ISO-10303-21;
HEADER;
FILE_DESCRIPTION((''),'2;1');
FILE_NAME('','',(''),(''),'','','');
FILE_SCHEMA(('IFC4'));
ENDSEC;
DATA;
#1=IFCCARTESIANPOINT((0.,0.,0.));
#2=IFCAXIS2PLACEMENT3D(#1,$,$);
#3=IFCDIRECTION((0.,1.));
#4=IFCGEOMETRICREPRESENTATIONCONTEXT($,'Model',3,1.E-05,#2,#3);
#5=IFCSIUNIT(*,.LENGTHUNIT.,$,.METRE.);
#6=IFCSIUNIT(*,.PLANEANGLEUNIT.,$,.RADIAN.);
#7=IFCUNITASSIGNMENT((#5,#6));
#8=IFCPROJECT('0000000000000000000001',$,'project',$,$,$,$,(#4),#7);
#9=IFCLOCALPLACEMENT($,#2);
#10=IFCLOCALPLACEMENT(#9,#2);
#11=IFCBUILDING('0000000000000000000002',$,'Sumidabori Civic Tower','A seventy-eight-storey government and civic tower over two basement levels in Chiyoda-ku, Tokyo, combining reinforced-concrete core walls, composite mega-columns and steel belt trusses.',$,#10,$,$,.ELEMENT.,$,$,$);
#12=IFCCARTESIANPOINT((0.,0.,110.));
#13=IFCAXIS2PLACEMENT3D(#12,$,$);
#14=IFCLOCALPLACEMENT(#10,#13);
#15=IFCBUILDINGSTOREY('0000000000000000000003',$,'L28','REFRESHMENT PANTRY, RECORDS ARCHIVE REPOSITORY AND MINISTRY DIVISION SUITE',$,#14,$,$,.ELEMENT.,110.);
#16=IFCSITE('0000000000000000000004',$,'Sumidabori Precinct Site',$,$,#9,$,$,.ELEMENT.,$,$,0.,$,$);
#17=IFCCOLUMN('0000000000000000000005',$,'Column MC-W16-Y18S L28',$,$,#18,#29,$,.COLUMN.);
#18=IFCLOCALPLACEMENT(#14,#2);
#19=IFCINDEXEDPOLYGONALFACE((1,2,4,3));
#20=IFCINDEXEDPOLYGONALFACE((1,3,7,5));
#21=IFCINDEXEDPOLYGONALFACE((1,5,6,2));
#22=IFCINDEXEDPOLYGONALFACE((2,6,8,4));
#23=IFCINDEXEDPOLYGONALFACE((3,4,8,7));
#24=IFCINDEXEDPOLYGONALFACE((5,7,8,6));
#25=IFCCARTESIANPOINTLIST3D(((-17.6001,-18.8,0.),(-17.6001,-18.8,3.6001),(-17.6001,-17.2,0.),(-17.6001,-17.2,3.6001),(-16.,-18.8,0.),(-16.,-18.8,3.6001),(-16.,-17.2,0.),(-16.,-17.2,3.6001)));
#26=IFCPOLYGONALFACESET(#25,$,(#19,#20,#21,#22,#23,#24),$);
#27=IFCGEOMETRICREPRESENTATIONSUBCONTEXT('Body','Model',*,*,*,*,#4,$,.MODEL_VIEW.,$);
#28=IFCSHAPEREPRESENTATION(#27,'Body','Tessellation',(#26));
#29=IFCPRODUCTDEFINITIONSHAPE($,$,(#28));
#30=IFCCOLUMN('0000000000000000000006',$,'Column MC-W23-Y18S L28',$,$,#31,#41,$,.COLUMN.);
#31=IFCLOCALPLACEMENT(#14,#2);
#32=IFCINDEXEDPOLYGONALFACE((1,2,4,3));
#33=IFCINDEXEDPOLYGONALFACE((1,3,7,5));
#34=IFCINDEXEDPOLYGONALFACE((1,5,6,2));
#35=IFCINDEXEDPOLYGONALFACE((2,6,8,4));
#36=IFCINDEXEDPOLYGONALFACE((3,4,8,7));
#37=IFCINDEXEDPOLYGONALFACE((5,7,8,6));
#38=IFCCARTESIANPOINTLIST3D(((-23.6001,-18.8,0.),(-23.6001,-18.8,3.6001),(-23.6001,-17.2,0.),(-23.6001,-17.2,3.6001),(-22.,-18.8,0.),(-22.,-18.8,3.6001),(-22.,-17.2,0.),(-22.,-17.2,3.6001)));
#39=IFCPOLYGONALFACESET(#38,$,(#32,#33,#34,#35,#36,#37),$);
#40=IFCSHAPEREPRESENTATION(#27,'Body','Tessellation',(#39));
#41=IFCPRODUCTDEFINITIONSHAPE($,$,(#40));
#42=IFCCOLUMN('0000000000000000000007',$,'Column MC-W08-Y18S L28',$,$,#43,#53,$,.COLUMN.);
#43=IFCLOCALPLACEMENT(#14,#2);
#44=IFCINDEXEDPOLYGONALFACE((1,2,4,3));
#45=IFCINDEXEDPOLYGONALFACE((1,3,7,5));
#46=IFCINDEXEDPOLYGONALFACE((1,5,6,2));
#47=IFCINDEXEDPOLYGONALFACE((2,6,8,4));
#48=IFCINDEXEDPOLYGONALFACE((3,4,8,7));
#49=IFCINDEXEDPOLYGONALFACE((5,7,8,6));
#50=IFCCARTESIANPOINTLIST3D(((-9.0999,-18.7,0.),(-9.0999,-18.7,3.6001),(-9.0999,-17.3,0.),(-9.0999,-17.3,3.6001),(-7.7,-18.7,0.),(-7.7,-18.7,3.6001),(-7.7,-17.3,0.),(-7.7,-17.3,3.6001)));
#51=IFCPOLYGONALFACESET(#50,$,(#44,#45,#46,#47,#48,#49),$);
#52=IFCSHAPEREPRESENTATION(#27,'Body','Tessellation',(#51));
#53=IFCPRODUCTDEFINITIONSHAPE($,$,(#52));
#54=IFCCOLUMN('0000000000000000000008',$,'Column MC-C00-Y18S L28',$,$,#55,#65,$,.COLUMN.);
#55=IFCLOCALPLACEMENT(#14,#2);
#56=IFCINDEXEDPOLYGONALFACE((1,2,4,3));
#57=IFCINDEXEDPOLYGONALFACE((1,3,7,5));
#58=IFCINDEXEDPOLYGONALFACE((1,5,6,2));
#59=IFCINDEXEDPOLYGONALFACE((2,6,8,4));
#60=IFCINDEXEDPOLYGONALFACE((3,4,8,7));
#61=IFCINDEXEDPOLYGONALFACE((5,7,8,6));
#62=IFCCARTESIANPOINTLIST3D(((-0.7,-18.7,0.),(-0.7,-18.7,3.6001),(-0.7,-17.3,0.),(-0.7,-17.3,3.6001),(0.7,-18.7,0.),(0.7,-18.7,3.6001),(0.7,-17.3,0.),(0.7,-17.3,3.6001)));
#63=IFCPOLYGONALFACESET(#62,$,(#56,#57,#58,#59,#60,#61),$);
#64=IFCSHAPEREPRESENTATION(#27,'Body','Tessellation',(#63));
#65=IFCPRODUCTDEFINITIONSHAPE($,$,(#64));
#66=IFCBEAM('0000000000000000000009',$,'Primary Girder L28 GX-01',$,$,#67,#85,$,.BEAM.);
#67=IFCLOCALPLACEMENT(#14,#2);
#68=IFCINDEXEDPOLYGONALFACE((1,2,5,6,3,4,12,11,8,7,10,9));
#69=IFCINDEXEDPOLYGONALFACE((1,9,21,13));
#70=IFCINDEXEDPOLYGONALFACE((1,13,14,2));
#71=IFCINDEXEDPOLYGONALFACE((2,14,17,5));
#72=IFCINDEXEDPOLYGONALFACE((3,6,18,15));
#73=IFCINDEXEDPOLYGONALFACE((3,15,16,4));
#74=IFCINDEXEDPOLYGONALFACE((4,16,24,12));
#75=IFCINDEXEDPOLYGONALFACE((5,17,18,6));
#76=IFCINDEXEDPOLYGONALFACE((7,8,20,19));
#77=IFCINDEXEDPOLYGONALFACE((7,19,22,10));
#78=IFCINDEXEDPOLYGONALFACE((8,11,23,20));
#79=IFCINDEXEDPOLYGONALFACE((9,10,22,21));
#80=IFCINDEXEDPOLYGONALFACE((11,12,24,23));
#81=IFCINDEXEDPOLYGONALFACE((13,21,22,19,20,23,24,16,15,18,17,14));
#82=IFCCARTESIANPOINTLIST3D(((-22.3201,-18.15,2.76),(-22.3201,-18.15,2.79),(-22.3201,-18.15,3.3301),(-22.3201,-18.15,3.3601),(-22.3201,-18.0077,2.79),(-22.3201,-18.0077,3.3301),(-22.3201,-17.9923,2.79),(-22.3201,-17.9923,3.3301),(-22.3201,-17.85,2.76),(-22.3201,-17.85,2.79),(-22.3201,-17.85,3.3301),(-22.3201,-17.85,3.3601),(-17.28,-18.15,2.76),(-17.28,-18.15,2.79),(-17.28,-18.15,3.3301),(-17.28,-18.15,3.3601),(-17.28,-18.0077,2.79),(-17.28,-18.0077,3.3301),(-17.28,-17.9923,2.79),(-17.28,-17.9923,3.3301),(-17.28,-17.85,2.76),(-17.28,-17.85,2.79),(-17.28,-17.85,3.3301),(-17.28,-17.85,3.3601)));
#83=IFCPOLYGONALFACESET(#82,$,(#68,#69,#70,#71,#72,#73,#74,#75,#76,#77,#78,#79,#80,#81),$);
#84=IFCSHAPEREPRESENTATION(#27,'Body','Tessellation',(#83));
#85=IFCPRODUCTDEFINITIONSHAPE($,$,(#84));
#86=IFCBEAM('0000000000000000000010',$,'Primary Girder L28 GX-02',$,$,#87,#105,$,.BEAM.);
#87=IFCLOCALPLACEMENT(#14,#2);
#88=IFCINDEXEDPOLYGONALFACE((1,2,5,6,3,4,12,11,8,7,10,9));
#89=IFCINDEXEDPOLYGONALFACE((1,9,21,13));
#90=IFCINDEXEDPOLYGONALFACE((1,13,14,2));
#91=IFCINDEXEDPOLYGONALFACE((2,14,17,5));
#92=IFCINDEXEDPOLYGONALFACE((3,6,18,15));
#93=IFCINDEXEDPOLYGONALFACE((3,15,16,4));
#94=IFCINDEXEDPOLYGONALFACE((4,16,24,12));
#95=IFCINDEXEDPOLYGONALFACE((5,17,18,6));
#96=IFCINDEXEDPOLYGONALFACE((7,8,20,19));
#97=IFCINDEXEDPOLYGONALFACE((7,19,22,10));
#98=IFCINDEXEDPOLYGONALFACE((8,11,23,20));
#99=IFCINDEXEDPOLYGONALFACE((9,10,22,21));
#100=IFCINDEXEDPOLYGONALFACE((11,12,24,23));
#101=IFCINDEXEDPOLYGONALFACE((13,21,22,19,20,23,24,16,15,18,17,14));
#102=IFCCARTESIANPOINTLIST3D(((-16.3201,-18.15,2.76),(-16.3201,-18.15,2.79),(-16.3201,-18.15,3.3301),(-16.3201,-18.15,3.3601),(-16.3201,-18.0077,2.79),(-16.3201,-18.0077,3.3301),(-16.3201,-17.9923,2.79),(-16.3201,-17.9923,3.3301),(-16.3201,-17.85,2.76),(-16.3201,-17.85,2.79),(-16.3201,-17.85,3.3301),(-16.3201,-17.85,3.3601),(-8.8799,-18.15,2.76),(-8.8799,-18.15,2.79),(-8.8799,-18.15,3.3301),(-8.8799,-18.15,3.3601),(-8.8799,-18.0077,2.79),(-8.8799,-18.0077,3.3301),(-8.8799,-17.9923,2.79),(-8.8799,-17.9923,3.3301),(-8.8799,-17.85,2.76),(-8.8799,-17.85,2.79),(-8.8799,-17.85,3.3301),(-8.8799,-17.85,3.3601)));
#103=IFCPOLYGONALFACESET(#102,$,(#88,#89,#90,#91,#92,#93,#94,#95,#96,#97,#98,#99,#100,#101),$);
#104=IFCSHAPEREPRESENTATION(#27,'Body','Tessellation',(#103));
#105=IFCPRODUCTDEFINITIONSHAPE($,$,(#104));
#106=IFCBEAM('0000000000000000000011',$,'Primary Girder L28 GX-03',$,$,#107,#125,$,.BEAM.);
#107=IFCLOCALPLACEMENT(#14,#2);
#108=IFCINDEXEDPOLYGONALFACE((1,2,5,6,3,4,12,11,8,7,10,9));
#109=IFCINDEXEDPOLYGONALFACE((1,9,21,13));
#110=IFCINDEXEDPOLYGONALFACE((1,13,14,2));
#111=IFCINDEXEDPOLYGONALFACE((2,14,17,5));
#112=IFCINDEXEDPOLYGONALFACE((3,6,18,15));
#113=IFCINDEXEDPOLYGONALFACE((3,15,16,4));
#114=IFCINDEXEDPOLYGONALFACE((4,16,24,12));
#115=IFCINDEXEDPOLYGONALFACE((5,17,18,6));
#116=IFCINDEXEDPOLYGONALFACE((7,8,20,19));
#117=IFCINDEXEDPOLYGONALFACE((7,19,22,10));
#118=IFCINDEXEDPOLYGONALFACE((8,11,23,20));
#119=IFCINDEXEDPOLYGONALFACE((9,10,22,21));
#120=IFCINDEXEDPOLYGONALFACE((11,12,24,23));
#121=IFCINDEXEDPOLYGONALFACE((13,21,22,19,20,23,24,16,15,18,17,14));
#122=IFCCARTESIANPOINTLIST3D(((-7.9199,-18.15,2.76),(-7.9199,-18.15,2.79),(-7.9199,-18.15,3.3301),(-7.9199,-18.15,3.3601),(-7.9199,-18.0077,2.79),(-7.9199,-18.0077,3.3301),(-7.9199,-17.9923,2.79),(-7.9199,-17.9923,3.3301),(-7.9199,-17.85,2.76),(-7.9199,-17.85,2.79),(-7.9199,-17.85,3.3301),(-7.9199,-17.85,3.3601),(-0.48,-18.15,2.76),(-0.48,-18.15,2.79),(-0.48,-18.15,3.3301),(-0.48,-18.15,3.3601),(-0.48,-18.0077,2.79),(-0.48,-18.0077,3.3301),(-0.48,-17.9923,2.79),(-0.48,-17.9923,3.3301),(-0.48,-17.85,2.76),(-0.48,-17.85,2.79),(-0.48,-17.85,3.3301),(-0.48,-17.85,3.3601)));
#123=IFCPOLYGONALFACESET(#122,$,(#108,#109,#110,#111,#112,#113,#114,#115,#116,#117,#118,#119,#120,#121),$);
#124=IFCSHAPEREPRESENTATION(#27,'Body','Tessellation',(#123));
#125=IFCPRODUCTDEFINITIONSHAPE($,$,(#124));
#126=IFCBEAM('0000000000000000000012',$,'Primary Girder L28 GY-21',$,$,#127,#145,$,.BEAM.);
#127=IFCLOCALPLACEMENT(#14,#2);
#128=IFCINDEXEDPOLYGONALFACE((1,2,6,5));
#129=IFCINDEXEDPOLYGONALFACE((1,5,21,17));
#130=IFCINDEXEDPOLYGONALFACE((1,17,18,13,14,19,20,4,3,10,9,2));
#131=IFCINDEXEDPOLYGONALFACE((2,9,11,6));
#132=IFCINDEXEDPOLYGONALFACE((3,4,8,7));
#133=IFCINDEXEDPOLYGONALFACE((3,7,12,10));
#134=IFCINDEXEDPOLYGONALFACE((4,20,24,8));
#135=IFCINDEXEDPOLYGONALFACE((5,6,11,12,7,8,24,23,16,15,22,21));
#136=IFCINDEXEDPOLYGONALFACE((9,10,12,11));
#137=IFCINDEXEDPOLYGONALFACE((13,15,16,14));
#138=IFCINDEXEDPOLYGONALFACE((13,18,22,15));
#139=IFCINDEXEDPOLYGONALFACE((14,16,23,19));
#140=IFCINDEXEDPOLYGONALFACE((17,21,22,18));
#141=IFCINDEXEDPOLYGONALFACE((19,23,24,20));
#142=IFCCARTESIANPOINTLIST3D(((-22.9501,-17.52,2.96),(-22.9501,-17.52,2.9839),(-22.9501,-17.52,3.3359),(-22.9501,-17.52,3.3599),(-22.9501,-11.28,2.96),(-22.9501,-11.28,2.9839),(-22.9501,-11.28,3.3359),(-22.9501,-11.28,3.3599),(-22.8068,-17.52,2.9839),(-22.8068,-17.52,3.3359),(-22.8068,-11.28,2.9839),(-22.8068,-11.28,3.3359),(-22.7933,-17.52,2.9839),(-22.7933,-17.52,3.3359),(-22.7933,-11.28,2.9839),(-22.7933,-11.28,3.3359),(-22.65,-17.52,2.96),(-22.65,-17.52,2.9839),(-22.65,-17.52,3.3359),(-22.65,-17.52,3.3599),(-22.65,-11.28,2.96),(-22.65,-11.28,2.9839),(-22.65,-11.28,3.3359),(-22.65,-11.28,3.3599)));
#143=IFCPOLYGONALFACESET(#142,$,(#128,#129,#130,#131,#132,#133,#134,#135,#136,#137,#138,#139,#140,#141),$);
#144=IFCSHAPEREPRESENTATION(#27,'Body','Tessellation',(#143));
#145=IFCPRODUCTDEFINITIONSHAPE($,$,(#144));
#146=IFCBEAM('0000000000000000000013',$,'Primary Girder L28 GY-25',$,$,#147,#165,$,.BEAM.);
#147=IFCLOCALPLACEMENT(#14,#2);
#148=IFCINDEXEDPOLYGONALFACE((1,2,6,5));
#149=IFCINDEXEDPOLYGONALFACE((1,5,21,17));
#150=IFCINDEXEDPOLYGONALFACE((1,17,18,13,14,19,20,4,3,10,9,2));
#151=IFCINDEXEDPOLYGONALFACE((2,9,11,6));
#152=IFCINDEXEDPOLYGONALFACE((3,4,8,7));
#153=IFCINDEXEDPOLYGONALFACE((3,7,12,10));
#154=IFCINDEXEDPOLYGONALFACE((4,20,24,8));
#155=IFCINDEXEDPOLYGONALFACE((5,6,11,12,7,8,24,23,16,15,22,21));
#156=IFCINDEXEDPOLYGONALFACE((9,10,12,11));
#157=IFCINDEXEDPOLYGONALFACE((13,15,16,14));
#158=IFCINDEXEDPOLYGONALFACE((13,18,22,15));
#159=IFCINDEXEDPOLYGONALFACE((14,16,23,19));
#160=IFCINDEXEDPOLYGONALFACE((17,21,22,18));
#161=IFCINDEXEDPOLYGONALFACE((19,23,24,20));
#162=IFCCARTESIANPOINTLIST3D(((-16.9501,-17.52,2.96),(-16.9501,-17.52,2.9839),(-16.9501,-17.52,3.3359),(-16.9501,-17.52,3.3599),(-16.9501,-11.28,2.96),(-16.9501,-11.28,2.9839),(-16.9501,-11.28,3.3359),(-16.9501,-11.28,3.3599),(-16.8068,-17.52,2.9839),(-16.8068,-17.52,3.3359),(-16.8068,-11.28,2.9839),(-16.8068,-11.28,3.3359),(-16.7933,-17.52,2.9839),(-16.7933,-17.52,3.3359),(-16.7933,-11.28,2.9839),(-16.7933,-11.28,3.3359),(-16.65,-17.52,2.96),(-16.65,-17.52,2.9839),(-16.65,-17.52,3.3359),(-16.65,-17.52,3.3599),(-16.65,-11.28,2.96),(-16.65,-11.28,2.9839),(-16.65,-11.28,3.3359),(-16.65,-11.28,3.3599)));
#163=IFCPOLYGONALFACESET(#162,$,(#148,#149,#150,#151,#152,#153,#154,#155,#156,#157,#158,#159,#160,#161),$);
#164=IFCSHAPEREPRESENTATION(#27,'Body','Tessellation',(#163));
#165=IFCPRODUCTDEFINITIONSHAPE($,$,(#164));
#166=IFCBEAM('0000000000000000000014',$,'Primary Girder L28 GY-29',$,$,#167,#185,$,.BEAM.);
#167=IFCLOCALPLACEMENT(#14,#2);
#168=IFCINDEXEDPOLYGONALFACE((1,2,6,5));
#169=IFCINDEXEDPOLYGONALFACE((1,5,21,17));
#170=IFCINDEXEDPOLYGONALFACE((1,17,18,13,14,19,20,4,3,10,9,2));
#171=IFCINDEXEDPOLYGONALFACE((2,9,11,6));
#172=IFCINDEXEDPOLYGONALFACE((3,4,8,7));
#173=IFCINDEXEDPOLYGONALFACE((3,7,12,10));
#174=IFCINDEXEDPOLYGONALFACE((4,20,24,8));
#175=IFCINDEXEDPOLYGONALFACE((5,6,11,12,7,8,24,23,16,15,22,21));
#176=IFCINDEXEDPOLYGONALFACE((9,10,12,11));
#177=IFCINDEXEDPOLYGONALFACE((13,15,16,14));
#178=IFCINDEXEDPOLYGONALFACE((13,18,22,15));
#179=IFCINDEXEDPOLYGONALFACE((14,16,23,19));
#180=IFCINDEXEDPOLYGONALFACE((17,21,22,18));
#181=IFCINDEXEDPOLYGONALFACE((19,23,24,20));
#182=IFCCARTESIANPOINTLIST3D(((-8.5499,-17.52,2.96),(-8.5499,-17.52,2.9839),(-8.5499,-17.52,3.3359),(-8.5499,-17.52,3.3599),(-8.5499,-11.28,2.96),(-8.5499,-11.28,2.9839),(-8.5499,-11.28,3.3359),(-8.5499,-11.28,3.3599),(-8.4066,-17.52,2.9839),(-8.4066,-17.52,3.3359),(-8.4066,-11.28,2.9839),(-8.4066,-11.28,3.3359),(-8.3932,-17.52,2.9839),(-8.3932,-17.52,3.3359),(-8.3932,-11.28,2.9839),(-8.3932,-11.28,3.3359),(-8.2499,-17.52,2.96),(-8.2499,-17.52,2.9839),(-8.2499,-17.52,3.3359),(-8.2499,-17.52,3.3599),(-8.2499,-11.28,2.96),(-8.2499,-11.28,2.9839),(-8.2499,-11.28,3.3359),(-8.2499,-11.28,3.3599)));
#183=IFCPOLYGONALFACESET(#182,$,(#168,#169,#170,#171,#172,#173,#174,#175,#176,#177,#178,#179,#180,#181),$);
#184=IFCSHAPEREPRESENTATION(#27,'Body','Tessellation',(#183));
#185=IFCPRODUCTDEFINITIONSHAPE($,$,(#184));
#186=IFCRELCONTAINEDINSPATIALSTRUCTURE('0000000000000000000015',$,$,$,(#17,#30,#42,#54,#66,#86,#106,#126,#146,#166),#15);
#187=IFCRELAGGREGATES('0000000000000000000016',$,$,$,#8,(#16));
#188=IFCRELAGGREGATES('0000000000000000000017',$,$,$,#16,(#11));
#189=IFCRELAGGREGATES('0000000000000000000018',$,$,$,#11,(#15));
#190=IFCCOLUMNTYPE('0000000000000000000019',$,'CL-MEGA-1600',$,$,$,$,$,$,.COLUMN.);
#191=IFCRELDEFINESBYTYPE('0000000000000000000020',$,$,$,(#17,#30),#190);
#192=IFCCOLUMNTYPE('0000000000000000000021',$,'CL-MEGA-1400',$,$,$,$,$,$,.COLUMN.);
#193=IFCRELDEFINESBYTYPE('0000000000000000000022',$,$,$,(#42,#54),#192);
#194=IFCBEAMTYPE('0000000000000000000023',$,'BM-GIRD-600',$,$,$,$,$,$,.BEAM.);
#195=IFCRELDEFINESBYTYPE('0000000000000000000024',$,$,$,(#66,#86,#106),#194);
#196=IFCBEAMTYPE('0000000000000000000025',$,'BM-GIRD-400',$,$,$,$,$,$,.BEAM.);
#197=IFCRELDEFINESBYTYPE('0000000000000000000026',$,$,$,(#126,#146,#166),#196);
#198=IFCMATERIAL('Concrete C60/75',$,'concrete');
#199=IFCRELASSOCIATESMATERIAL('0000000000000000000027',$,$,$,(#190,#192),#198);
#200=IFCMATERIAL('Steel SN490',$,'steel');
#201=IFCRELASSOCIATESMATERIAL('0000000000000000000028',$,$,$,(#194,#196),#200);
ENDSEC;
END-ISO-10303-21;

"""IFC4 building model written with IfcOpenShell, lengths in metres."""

from ifc_helpers import new_model, si_unit, direction, frame, origin, origin_2d, place, context, subcontext, project, spatial, rectangle, i_section, extrude, source, transform, mapped, material, material_profile, profile_set, type_object, element, save


model = new_model("IFC4")

# Units and contexts
model_context = context("Model", 3, precision=1e-05, world=origin(), true_north=direction((0.0, 1.0)))
body_context = subcontext(model_context, "Body", "Model", "MODEL_VIEW")
ifc_project = project(units=[si_unit("LENGTHUNIT", "METRE"), si_unit("PLANEANGLEUNIT", "RADIAN")], contexts=[model_context])

# Site, building, storey
site_placement = place(None, origin())
site = spatial("IfcSite", under=ifc_project, at=site_placement, Name="Sumidabori Precinct Site", CompositionType="ELEMENT", RefElevation=0.0)
building_placement = place(site_placement, origin())
building = spatial("IfcBuilding", under=site, at=building_placement, Name="Sumidabori Civic Tower", Description="A seventy-eight-storey government and civic tower over two basement levels in Chiyoda-ku, Tokyo, combining reinforced-concrete core walls, composite mega-columns and steel belt trusses.", CompositionType="ELEMENT")
storey_placement = place(building_placement, frame((0.0, 0.0, 110.0)))
storey = spatial("IfcBuildingStorey", under=building, at=storey_placement, Name="L28", Description="REFRESHMENT PANTRY, RECORDS ARCHIVE REPOSITORY AND MINISTRY DIVISION SUITE", CompositionType="ELEMENT", Elevation=110.0)

# Columns
ifc_material_1 = material(Name="Concrete C60/75", Category="concrete")
ifc_material_profile_1 = material_profile(ifc_material_1, rectangle(XDim=1.6001, YDim=1.6001, at=origin_2d()), Name="RC 1600x1600")
ifc_profile_set_1 = profile_set([ifc_material_profile_1], Name="Concrete C60/75")
column_type_1 = type_object("IfcColumnType", Name="CL-MEGA-1600", PredefinedType="COLUMN", material=ifc_profile_set_1)
shared_shape_1 = source(origin(), body_context, "Body", "SweptSolid", [
    extrude(rectangle(XDim=1.6001, YDim=1.6001, at=origin_2d()), origin(), (0.0, 0.0, 1.0), 3.6001),
])
for number, where, z_axis, x_axis, name in (
    (1, (-16.8, -18.0, 0.0), (0.0, 0.0, 1.0), (1.0, 0.0, 0.0), "Column MC-W16-Y18S L28"),
    (2, (-22.8, -18.0, 0.0), (0.0, 0.0, 1.0), (1.0, 0.0, 0.0), "Column MC-W23-Y18S L28"),
):
    element("IfcColumn", number, at=place(storey_placement, frame(where, z_axis=z_axis, x_axis=x_axis)), inside=storey, type_object=column_type_1, Name=name, PredefinedType="COLUMN", context=body_context, shape_type="MappedRepresentation", body=[
        mapped(shared_shape_1, transform((0.0, 0.0, 0.0), x_axis=(1.0, 0.0, 0.0), y_axis=(0.0, 1.0, 0.0), z_axis=(0.0, 0.0, 1.0), scale=1.0)),
    ])
ifc_material_profile_2 = material_profile(ifc_material_1, rectangle(XDim=1.3999, YDim=1.3999, at=origin_2d()), Name="RC 1400x1400")
ifc_profile_set_2 = profile_set([ifc_material_profile_2], Name="Concrete C60/75")
column_type_2 = type_object("IfcColumnType", Name="CL-MEGA-1400", PredefinedType="COLUMN", material=ifc_profile_set_2)
shared_shape_2 = source(origin(), body_context, "Body", "SweptSolid", [
    extrude(rectangle(XDim=1.3999, YDim=1.3999, at=origin_2d()), origin(), (0.0, 0.0, 1.0), 3.6001),
])
for number, where, z_axis, x_axis, name in (
    (3, (-8.3999, -18.0, 0.0), (0.0, 0.0, 1.0), (1.0, 0.0, 0.0), "Column MC-W08-Y18S L28"),
    (4, (0.0, -18.0, 0.0), (0.0, 0.0, 1.0), (1.0, 0.0, 0.0), "Column MC-C00-Y18S L28"),
):
    element("IfcColumn", number, at=place(storey_placement, frame(where, z_axis=z_axis, x_axis=x_axis)), inside=storey, type_object=column_type_2, Name=name, PredefinedType="COLUMN", context=body_context, shape_type="MappedRepresentation", body=[
        mapped(shared_shape_2, transform((0.0, 0.0, 0.0), x_axis=(1.0, 0.0, 0.0), y_axis=(0.0, 1.0, 0.0), z_axis=(0.0, 0.0, 1.0), scale=1.0)),
    ])

# Beams
ifc_material_2 = material(Name="Steel SN490", Category="steel")
ifc_material_profile_3 = material_profile(ifc_material_2, i_section(OverallWidth=0.3, OverallDepth=0.6001, WebThickness=0.0154, FlangeThickness=0.03, at=origin_2d()), Name="HE 600 B")
ifc_profile_set_3 = profile_set([ifc_material_profile_3], Name="Steel SN490")
beam_type_1 = type_object("IfcBeamType", Name="BM-GIRD-600", PredefinedType="BEAM", material=ifc_profile_set_3)
shared_shape_3 = source(origin(), body_context, "Body", "SweptSolid", [
    extrude(i_section(OverallWidth=0.3, OverallDepth=0.6001, WebThickness=0.0154, FlangeThickness=0.03, at=origin_2d()), origin(), (0.0, 0.0, 1.0), 5.04),
])
beam_1_placement = place(storey_placement, frame((-22.3201, -18.0, 3.0601), z_axis=(1.0, 0.0, 0.0), x_axis=(0.0, 1.0, 0.0)))
element("IfcBeam", 5, at=beam_1_placement, inside=storey, type_object=beam_type_1, Name="Primary Girder L28 GX-01", PredefinedType="BEAM", context=body_context, shape_type="MappedRepresentation", body=[
    mapped(shared_shape_3, transform((0.0, 0.0, 0.0), x_axis=(1.0, 0.0, 0.0), y_axis=(0.0, 1.0, 0.0), z_axis=(0.0, 0.0, 1.0), scale=1.0)),
])
shared_shape_4 = source(origin(), body_context, "Body", "SweptSolid", [
    extrude(i_section(OverallWidth=0.3, OverallDepth=0.6001, WebThickness=0.0154, FlangeThickness=0.03, at=origin_2d()), origin(), (0.0, 0.0, 1.0), 7.4402),
])
beam_2_placement = place(storey_placement, frame((-16.3201, -18.0, 3.0601), z_axis=(1.0, 0.0, 0.0), x_axis=(0.0, 1.0, 0.0)))
element("IfcBeam", 6, at=beam_2_placement, inside=storey, type_object=beam_type_1, Name="Primary Girder L28 GX-02", PredefinedType="BEAM", context=body_context, shape_type="MappedRepresentation", body=[
    mapped(shared_shape_4, transform((0.0, 0.0, 0.0), x_axis=(1.0, 0.0, 0.0), y_axis=(0.0, 1.0, 0.0), z_axis=(0.0, 0.0, 1.0), scale=1.0)),
])
shared_shape_5 = source(origin(), body_context, "Body", "SweptSolid", [
    extrude(i_section(OverallWidth=0.3, OverallDepth=0.6001, WebThickness=0.0154, FlangeThickness=0.03, at=origin_2d()), origin(), (0.0, 0.0, 1.0), 7.4399),
])
beam_3_placement = place(storey_placement, frame((-7.9199, -18.0, 3.0601), z_axis=(1.0, 0.0, 0.0), x_axis=(0.0, 1.0, 0.0)))
element("IfcBeam", 7, at=beam_3_placement, inside=storey, type_object=beam_type_1, Name="Primary Girder L28 GX-03", PredefinedType="BEAM", context=body_context, shape_type="MappedRepresentation", body=[
    mapped(shared_shape_5, transform((0.0, 0.0, 0.0), x_axis=(1.0, 0.0, 0.0), y_axis=(0.0, 1.0, 0.0), z_axis=(0.0, 0.0, 1.0), scale=1.0)),
])
ifc_material_profile_4 = material_profile(ifc_material_2, i_section(OverallWidth=0.3, OverallDepth=0.3999, WebThickness=0.0134, FlangeThickness=0.0239, at=origin_2d()), Name="HE 400 B")
ifc_profile_set_4 = profile_set([ifc_material_profile_4], Name="Steel SN490")
beam_type_2 = type_object("IfcBeamType", Name="BM-GIRD-400", PredefinedType="BEAM", material=ifc_profile_set_4)
shared_shape_6 = source(origin(), body_context, "Body", "SweptSolid", [
    extrude(i_section(OverallWidth=0.3, OverallDepth=0.3999, WebThickness=0.0134, FlangeThickness=0.0239, at=origin_2d()), origin(), (0.0, 0.0, 1.0), 6.24),
])
for number, where, z_axis, x_axis, name in (
    (8, (-22.8, -17.52, 3.1599), (0.0, 1.0, 0.0), (-1.0, 0.0, 0.0), "Primary Girder L28 GY-21"),
    (9, (-16.8, -17.52, 3.1599), (0.0, 1.0, 0.0), (-1.0, 0.0, 0.0), "Primary Girder L28 GY-25"),
    (10, (-8.3999, -17.52, 3.1599), (0.0, 1.0, 0.0), (-1.0, 0.0, 0.0), "Primary Girder L28 GY-29"),
):
    element("IfcBeam", number, at=place(storey_placement, frame(where, z_axis=z_axis, x_axis=x_axis)), inside=storey, type_object=beam_type_2, Name=name, PredefinedType="BEAM", context=body_context, shape_type="MappedRepresentation", body=[
        mapped(shared_shape_6, transform((0.0, 0.0, 0.0), x_axis=(1.0, 0.0, 0.0), y_axis=(0.0, 1.0, 0.0), z_axis=(0.0, 0.0, 1.0), scale=1.0)),
    ])

save(model, "model.ifc")
